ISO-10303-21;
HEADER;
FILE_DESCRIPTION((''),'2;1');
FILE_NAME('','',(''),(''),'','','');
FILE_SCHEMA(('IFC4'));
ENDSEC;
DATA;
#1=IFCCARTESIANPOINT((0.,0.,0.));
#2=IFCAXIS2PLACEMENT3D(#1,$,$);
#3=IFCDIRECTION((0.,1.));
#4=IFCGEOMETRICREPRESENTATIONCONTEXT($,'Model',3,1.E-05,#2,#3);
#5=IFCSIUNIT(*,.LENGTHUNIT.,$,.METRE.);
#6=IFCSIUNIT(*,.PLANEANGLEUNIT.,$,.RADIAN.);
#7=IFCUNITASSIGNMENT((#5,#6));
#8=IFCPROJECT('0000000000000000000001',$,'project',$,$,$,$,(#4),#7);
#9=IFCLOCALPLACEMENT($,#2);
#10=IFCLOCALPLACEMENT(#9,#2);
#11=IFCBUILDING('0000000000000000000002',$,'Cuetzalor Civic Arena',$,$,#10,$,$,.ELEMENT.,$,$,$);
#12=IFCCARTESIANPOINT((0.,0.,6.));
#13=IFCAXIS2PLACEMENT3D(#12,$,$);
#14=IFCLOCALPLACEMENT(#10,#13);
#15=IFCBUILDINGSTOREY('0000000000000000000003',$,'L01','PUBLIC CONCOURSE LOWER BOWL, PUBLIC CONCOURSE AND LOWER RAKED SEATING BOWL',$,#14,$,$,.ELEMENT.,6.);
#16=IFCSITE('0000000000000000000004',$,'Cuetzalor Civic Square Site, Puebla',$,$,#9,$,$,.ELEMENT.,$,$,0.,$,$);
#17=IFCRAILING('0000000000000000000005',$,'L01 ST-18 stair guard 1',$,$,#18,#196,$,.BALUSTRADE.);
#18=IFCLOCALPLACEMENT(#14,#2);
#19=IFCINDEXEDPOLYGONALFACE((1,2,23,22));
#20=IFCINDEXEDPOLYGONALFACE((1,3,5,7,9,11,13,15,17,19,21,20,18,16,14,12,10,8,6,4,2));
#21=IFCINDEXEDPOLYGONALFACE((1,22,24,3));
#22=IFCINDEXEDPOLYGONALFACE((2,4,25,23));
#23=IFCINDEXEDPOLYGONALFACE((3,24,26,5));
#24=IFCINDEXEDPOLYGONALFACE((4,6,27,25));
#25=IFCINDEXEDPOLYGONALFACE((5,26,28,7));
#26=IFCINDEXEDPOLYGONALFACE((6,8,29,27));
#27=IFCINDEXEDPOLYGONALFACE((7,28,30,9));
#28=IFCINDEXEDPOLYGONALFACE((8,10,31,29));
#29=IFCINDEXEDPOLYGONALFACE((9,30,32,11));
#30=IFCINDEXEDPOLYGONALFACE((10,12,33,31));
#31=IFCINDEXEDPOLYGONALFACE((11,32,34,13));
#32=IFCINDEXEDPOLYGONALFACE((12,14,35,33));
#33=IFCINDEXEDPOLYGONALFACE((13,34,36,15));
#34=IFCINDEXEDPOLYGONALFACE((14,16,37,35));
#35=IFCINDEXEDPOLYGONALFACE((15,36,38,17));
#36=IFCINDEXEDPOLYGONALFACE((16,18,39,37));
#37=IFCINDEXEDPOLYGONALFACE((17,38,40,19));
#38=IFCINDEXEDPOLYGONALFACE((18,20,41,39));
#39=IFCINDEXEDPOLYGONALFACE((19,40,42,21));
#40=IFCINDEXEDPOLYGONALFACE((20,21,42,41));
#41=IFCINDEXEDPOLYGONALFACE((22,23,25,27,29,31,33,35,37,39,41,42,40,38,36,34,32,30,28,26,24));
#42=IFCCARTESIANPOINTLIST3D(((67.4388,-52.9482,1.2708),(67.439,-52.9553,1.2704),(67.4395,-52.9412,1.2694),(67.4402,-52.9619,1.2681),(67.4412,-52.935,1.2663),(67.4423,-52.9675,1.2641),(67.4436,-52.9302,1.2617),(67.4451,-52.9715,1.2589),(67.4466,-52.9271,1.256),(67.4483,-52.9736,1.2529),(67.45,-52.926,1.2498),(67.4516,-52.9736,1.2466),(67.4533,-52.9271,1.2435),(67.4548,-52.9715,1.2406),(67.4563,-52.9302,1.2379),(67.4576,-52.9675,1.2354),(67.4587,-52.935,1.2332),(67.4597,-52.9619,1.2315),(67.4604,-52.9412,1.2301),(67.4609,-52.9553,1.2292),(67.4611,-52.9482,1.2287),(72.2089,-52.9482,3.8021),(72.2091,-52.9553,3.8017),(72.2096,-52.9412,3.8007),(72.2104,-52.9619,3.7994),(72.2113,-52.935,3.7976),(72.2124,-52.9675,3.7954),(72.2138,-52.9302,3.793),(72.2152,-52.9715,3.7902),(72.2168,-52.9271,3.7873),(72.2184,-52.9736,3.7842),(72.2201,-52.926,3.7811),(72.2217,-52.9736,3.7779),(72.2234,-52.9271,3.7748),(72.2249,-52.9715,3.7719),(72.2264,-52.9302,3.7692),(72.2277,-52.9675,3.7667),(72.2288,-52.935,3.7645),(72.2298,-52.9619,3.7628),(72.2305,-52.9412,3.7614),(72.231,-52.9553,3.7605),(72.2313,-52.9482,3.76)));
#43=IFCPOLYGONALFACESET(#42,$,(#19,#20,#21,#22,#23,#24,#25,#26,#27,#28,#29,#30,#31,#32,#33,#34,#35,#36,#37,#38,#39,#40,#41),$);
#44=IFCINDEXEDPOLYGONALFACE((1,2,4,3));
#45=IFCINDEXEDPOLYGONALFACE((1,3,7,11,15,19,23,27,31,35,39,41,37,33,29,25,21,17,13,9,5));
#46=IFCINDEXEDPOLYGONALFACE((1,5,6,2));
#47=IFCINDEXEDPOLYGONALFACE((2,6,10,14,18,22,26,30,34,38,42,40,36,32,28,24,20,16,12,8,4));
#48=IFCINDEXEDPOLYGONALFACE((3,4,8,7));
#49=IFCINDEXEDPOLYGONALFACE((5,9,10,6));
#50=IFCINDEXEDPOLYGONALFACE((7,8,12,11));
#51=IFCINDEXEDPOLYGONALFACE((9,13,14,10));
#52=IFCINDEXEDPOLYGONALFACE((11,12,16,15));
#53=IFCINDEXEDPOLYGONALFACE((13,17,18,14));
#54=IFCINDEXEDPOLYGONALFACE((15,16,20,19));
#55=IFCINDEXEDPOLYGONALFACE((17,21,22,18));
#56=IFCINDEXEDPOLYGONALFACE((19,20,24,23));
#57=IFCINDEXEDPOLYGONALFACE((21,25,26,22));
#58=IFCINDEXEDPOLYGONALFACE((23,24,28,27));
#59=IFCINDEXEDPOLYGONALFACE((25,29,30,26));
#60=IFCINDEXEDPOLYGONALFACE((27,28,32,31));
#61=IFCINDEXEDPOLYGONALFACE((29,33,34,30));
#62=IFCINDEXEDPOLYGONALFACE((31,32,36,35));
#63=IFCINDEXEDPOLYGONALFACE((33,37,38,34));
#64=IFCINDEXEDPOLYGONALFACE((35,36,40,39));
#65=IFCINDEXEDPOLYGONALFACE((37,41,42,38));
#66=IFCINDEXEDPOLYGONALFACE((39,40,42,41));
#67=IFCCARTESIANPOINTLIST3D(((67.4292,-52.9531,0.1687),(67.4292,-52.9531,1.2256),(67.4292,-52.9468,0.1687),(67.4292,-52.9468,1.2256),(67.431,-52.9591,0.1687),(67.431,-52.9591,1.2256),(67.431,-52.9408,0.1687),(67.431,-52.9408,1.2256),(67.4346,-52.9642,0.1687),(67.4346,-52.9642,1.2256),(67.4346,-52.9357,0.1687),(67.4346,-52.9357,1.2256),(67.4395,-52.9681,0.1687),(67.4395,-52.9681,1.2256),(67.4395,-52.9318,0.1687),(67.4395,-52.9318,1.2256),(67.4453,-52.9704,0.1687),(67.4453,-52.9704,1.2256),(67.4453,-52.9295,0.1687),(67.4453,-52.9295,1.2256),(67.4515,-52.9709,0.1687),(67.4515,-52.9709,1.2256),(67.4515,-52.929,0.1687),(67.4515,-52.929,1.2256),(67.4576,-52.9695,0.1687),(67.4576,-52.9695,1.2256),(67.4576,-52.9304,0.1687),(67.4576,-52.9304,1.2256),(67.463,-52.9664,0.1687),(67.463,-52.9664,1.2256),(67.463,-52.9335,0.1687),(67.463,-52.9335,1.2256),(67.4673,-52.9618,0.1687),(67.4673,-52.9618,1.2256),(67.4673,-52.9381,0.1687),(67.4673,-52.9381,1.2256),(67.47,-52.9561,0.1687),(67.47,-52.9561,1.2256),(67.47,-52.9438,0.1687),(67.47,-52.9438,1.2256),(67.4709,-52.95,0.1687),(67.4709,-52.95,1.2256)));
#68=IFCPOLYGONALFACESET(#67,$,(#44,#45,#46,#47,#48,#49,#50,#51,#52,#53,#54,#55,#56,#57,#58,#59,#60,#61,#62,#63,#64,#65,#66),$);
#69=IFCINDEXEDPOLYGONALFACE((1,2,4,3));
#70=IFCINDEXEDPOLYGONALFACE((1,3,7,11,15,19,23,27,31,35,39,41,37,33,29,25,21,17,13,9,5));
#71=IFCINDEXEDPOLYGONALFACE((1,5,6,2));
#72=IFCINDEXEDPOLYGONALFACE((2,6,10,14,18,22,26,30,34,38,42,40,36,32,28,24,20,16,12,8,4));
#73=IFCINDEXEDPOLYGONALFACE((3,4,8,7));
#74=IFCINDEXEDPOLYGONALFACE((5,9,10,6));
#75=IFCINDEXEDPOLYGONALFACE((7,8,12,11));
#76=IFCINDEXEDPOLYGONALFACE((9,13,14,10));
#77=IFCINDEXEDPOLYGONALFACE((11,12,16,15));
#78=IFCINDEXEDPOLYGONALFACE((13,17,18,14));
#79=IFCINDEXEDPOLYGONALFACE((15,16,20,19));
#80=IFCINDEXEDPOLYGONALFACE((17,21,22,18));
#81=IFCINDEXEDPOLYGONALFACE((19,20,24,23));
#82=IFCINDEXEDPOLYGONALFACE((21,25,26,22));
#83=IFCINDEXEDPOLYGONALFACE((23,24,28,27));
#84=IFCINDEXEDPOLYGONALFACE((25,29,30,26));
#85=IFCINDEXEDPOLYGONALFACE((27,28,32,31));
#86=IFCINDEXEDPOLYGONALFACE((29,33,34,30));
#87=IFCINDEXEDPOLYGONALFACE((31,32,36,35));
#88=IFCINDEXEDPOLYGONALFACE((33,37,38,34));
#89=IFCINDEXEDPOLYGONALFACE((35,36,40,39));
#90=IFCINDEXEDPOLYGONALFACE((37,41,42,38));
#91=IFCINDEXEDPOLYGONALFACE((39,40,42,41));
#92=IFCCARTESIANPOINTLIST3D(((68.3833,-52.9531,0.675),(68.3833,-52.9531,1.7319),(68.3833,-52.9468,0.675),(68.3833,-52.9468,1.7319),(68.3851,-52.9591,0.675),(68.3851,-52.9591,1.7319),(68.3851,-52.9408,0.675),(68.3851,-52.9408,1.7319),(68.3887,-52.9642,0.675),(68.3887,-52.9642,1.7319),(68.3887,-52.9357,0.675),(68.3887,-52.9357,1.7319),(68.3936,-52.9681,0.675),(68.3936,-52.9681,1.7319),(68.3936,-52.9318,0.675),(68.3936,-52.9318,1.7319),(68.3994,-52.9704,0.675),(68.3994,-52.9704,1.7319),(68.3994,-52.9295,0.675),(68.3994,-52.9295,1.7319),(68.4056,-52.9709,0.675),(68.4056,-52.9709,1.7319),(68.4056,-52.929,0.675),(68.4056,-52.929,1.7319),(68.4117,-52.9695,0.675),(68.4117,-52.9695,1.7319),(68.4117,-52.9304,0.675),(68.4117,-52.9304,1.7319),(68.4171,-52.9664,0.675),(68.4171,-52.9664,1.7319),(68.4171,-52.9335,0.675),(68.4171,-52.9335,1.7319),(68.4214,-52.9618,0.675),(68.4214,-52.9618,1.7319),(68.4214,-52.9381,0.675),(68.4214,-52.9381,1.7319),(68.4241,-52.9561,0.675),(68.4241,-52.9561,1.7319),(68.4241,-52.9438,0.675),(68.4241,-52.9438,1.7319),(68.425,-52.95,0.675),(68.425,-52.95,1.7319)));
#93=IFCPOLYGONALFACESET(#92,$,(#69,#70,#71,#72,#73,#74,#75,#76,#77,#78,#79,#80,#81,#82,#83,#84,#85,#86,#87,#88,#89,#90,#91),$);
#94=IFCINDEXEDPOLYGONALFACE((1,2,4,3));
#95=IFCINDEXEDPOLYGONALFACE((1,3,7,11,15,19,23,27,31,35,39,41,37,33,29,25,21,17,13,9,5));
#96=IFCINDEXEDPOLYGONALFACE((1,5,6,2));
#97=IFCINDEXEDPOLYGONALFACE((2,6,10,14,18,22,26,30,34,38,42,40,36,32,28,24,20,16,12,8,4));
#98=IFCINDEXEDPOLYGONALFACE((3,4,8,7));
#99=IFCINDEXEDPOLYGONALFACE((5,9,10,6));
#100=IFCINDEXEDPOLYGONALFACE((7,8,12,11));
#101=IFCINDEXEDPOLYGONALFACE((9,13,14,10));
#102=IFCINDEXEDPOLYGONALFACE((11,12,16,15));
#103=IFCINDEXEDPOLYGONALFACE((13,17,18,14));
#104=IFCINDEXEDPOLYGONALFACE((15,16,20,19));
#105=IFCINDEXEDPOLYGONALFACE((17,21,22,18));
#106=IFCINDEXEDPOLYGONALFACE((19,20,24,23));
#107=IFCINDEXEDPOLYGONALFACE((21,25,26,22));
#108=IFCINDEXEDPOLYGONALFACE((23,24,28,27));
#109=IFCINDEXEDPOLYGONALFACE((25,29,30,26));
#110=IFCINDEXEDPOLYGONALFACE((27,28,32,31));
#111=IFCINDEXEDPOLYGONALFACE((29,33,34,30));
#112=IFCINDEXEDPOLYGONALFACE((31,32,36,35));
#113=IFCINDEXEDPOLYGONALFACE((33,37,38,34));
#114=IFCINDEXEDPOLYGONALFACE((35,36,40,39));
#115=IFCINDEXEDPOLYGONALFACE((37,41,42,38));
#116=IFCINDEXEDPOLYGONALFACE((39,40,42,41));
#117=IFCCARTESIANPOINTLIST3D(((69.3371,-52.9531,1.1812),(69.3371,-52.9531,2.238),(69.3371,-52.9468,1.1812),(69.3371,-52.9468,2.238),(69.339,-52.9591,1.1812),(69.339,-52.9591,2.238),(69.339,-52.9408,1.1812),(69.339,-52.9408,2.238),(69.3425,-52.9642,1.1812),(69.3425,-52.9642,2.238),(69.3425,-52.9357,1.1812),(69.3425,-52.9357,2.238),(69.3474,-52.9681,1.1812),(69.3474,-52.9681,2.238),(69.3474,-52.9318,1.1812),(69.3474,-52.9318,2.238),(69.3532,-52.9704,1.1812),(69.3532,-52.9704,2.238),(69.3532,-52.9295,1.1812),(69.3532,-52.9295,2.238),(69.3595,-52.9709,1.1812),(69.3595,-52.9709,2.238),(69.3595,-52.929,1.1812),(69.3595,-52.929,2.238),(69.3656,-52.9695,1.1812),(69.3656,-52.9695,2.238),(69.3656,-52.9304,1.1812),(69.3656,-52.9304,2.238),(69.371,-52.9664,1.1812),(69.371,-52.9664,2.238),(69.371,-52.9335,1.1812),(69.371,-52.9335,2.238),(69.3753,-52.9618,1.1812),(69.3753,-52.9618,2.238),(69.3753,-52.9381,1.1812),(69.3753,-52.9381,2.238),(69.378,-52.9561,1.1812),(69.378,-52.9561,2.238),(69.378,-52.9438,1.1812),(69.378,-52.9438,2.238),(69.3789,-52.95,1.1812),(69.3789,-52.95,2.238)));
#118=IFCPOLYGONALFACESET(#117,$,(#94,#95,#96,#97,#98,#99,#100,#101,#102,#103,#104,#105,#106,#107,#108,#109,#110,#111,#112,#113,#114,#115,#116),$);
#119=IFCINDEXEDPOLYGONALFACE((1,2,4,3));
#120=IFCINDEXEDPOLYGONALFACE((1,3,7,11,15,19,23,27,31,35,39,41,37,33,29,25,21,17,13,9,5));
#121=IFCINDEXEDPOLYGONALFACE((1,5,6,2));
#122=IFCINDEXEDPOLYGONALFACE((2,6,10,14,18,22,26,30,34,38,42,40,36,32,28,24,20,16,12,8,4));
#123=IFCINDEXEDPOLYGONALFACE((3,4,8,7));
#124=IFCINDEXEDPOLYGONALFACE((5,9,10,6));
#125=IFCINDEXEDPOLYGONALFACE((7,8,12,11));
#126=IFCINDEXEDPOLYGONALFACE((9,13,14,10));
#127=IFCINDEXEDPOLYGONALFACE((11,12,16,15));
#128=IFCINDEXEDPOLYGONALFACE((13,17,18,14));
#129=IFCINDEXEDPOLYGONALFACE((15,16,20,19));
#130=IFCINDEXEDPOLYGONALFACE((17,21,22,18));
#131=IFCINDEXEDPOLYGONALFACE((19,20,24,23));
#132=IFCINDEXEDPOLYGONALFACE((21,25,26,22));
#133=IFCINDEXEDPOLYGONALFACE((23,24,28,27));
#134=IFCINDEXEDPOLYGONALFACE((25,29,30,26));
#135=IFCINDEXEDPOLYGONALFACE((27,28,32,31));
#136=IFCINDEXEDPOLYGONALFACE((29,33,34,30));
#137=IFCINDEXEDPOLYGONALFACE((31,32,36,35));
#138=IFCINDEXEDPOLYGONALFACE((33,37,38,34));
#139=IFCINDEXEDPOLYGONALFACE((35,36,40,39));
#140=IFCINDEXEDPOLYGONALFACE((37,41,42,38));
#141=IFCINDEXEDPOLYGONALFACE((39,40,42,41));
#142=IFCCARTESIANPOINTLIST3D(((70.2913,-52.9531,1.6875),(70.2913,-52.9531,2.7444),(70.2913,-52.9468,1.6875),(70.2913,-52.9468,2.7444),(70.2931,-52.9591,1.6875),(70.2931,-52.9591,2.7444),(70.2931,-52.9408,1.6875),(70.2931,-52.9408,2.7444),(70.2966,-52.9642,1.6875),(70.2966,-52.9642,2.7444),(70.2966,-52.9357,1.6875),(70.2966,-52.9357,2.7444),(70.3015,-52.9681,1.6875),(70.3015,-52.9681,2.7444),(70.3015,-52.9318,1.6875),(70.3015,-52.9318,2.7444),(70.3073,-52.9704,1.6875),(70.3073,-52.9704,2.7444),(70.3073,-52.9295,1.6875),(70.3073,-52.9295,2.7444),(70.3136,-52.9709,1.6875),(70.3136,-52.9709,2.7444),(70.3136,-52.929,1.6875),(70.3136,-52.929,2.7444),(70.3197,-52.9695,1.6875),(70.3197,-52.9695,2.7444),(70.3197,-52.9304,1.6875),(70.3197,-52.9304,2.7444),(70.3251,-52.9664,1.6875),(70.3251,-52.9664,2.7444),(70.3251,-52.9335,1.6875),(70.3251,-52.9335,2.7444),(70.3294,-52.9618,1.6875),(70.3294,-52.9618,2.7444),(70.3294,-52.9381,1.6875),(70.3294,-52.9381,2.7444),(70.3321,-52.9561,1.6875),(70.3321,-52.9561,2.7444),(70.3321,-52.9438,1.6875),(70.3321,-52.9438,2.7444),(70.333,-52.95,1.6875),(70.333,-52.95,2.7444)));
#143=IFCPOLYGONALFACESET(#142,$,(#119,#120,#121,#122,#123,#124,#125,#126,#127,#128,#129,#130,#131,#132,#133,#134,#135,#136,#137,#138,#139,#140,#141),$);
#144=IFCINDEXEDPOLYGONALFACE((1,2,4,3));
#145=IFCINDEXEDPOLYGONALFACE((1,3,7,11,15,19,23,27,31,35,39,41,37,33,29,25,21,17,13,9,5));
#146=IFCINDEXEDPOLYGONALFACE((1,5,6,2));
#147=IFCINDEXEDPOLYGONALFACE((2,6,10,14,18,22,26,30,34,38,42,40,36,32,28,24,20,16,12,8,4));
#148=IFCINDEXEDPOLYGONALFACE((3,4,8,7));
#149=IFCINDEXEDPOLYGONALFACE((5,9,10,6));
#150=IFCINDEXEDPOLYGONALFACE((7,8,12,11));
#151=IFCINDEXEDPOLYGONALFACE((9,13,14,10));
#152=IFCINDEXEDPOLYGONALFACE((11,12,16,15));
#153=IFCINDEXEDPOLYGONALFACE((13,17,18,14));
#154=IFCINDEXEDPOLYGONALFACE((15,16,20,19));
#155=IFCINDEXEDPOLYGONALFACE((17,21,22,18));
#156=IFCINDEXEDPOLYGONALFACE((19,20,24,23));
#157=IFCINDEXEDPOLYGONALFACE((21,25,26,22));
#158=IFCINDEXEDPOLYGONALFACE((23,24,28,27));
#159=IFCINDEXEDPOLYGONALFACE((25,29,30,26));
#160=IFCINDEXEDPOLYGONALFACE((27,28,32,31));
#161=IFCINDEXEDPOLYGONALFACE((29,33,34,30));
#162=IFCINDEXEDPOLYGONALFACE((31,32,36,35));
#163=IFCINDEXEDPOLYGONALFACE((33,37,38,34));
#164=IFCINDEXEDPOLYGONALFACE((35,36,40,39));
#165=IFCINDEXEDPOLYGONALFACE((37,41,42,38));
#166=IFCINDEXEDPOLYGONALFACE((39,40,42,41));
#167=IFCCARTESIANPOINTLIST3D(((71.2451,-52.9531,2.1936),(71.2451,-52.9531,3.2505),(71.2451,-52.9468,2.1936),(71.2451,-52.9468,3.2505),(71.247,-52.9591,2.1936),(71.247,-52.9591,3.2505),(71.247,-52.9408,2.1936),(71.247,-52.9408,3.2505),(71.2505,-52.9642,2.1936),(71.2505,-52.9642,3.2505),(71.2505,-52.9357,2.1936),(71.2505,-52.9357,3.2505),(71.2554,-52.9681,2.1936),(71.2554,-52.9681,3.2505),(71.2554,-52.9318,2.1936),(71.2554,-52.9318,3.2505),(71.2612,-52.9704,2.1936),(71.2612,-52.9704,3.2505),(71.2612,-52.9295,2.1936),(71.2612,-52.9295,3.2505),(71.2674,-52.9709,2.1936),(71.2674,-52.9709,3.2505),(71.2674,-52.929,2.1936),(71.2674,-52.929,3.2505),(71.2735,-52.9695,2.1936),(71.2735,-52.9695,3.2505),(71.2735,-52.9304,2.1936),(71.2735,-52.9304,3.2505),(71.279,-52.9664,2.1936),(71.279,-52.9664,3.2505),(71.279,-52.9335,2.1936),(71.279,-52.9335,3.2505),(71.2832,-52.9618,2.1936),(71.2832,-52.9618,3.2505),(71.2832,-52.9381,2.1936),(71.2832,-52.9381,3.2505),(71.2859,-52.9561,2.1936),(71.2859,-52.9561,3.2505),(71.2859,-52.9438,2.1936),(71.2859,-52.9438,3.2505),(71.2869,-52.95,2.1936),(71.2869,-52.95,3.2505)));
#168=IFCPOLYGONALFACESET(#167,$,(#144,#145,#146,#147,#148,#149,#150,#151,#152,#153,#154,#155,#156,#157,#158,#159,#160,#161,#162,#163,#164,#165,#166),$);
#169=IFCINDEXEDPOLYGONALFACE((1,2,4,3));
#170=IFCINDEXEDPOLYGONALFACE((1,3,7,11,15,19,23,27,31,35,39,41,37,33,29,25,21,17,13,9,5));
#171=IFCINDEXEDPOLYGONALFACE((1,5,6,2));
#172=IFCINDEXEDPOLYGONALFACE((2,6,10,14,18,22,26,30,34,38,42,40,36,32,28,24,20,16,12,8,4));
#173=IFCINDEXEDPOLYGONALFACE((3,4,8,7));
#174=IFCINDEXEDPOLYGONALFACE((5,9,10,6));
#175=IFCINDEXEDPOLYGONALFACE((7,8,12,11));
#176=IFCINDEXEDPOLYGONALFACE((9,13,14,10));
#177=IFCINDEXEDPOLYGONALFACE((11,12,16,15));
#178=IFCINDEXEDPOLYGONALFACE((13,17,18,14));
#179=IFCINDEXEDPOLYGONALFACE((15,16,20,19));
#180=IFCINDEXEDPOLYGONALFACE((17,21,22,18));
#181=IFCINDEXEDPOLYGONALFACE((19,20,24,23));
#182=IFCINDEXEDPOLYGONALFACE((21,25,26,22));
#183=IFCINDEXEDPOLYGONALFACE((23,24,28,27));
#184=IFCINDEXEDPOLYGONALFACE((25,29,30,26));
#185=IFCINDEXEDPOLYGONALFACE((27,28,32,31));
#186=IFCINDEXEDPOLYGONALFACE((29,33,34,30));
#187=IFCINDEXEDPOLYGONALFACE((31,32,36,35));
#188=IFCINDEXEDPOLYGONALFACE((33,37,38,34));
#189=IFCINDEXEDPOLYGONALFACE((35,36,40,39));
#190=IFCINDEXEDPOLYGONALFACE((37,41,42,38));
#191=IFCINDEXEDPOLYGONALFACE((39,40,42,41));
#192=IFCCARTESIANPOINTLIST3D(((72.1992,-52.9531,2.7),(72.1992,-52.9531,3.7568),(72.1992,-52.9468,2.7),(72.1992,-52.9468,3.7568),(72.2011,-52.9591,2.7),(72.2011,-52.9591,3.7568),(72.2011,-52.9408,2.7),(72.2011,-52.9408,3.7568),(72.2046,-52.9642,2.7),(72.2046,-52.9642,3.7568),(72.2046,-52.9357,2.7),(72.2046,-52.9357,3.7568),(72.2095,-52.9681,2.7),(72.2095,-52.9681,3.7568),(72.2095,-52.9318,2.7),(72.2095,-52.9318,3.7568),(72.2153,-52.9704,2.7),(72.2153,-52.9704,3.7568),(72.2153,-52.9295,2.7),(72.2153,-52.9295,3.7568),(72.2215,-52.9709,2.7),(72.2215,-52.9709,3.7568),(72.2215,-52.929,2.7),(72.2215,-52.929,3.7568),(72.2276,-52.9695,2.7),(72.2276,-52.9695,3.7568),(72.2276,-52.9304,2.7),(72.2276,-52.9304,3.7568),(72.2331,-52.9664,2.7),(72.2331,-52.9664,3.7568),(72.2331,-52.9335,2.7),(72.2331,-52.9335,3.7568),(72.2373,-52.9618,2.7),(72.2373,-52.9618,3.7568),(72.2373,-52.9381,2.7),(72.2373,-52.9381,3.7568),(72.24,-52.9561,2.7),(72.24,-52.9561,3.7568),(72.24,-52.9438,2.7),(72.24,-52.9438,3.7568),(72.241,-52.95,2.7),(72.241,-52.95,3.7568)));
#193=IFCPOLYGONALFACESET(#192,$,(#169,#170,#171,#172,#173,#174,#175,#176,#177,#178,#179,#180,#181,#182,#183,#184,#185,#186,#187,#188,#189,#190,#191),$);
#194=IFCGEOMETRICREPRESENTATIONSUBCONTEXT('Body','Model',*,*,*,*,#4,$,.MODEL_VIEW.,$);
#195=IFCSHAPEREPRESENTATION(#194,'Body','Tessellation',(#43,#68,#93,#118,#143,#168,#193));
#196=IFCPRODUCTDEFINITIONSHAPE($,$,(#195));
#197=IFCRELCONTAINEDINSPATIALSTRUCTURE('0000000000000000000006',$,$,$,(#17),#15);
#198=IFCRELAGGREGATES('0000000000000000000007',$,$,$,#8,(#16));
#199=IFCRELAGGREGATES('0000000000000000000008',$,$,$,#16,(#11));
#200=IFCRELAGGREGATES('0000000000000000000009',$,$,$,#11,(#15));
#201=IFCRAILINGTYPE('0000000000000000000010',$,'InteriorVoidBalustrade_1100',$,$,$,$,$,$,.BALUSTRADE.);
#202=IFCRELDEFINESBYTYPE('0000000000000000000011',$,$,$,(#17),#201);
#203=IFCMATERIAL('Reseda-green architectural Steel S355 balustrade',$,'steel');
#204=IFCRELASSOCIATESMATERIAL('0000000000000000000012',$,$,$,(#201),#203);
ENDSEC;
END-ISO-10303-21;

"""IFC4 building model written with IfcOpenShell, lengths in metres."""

from ifc_helpers import new_model, si_unit, direction, frame, origin, origin_2d, place, context, subcontext, project, spatial, circle, extrude, material, type_object, element, save


model = new_model("IFC4")

# Units and contexts
model_context = context("Model", 3, precision=1e-05, world=origin(), true_north=direction((0.0, 1.0)))
body_context = subcontext(model_context, "Body", "Model", "MODEL_VIEW")
ifc_project = project(units=[si_unit("LENGTHUNIT", "METRE"), si_unit("PLANEANGLEUNIT", "RADIAN")], contexts=[model_context])

# Site, building, storey
site_placement = place(None, origin())
site = spatial("IfcSite", under=ifc_project, at=site_placement, Name="Cuetzalor Civic Square Site, Puebla", CompositionType="ELEMENT", RefElevation=0.0)
building_placement = place(site_placement, origin())
building = spatial("IfcBuilding", under=site, at=building_placement, Name="Cuetzalor Civic Arena", CompositionType="ELEMENT")
storey_placement = place(building_placement, frame((0.0, 0.0, 6.0)))
storey = spatial("IfcBuildingStorey", under=building, at=storey_placement, Name="L01", Description="PUBLIC CONCOURSE LOWER BOWL, PUBLIC CONCOURSE AND LOWER RAKED SEATING BOWL", CompositionType="ELEMENT", Elevation=6.0)

# Railing
ifc_material_1 = material(Name="Reseda-green architectural Steel S355 balustrade", Category="steel")
railing_type_1 = type_object("IfcRailingType", Name="InteriorVoidBalustrade_1100", PredefinedType="BALUSTRADE", material=ifc_material_1)
railing_1_placement = place(storey_placement, frame((67.45, -52.95, 0.1687)))
element("IfcRailing", 1, at=railing_1_placement, inside=storey, type_object=railing_type_1, Name="L01 ST-18 stair guard 1", PredefinedType="BALUSTRADE", context=body_context, shape_type="SweptSolid", body=[
    extrude(circle(Radius=0.0239, at=origin_2d()), frame((0.0, 0.0, 1.0811), z_axis=(0.883332, 0.0, 0.468747), x_axis=(0.0, 1.0, 0.0)), (0.0, 0.0, 1.0), 5.4001),
    extrude(circle(Radius=0.021, at=origin_2d()), origin(), (0.0, 0.0, 1.0), 1.0569),
    extrude(circle(Radius=0.021, at=origin_2d()), frame((0.9541, 0.0, 0.5063)), (0.0, 0.0, 1.0), 1.0569),
    extrude(circle(Radius=0.021, at=origin_2d()), frame((1.908, 0.0, 1.0125)), (0.0, 0.0, 1.0), 1.0569),
    extrude(circle(Radius=0.021, at=origin_2d()), frame((2.8621, 0.0, 1.5188)), (0.0, 0.0, 1.0), 1.0569),
    extrude(circle(Radius=0.021, at=origin_2d()), frame((3.8159, 0.0, 2.0249)), (0.0, 0.0, 1.0), 1.0569),
    extrude(circle(Radius=0.021, at=origin_2d()), frame((4.77, 0.0, 2.5312)), (0.0, 0.0, 1.0), 1.0569),
])

save(model, "model.ifc")
